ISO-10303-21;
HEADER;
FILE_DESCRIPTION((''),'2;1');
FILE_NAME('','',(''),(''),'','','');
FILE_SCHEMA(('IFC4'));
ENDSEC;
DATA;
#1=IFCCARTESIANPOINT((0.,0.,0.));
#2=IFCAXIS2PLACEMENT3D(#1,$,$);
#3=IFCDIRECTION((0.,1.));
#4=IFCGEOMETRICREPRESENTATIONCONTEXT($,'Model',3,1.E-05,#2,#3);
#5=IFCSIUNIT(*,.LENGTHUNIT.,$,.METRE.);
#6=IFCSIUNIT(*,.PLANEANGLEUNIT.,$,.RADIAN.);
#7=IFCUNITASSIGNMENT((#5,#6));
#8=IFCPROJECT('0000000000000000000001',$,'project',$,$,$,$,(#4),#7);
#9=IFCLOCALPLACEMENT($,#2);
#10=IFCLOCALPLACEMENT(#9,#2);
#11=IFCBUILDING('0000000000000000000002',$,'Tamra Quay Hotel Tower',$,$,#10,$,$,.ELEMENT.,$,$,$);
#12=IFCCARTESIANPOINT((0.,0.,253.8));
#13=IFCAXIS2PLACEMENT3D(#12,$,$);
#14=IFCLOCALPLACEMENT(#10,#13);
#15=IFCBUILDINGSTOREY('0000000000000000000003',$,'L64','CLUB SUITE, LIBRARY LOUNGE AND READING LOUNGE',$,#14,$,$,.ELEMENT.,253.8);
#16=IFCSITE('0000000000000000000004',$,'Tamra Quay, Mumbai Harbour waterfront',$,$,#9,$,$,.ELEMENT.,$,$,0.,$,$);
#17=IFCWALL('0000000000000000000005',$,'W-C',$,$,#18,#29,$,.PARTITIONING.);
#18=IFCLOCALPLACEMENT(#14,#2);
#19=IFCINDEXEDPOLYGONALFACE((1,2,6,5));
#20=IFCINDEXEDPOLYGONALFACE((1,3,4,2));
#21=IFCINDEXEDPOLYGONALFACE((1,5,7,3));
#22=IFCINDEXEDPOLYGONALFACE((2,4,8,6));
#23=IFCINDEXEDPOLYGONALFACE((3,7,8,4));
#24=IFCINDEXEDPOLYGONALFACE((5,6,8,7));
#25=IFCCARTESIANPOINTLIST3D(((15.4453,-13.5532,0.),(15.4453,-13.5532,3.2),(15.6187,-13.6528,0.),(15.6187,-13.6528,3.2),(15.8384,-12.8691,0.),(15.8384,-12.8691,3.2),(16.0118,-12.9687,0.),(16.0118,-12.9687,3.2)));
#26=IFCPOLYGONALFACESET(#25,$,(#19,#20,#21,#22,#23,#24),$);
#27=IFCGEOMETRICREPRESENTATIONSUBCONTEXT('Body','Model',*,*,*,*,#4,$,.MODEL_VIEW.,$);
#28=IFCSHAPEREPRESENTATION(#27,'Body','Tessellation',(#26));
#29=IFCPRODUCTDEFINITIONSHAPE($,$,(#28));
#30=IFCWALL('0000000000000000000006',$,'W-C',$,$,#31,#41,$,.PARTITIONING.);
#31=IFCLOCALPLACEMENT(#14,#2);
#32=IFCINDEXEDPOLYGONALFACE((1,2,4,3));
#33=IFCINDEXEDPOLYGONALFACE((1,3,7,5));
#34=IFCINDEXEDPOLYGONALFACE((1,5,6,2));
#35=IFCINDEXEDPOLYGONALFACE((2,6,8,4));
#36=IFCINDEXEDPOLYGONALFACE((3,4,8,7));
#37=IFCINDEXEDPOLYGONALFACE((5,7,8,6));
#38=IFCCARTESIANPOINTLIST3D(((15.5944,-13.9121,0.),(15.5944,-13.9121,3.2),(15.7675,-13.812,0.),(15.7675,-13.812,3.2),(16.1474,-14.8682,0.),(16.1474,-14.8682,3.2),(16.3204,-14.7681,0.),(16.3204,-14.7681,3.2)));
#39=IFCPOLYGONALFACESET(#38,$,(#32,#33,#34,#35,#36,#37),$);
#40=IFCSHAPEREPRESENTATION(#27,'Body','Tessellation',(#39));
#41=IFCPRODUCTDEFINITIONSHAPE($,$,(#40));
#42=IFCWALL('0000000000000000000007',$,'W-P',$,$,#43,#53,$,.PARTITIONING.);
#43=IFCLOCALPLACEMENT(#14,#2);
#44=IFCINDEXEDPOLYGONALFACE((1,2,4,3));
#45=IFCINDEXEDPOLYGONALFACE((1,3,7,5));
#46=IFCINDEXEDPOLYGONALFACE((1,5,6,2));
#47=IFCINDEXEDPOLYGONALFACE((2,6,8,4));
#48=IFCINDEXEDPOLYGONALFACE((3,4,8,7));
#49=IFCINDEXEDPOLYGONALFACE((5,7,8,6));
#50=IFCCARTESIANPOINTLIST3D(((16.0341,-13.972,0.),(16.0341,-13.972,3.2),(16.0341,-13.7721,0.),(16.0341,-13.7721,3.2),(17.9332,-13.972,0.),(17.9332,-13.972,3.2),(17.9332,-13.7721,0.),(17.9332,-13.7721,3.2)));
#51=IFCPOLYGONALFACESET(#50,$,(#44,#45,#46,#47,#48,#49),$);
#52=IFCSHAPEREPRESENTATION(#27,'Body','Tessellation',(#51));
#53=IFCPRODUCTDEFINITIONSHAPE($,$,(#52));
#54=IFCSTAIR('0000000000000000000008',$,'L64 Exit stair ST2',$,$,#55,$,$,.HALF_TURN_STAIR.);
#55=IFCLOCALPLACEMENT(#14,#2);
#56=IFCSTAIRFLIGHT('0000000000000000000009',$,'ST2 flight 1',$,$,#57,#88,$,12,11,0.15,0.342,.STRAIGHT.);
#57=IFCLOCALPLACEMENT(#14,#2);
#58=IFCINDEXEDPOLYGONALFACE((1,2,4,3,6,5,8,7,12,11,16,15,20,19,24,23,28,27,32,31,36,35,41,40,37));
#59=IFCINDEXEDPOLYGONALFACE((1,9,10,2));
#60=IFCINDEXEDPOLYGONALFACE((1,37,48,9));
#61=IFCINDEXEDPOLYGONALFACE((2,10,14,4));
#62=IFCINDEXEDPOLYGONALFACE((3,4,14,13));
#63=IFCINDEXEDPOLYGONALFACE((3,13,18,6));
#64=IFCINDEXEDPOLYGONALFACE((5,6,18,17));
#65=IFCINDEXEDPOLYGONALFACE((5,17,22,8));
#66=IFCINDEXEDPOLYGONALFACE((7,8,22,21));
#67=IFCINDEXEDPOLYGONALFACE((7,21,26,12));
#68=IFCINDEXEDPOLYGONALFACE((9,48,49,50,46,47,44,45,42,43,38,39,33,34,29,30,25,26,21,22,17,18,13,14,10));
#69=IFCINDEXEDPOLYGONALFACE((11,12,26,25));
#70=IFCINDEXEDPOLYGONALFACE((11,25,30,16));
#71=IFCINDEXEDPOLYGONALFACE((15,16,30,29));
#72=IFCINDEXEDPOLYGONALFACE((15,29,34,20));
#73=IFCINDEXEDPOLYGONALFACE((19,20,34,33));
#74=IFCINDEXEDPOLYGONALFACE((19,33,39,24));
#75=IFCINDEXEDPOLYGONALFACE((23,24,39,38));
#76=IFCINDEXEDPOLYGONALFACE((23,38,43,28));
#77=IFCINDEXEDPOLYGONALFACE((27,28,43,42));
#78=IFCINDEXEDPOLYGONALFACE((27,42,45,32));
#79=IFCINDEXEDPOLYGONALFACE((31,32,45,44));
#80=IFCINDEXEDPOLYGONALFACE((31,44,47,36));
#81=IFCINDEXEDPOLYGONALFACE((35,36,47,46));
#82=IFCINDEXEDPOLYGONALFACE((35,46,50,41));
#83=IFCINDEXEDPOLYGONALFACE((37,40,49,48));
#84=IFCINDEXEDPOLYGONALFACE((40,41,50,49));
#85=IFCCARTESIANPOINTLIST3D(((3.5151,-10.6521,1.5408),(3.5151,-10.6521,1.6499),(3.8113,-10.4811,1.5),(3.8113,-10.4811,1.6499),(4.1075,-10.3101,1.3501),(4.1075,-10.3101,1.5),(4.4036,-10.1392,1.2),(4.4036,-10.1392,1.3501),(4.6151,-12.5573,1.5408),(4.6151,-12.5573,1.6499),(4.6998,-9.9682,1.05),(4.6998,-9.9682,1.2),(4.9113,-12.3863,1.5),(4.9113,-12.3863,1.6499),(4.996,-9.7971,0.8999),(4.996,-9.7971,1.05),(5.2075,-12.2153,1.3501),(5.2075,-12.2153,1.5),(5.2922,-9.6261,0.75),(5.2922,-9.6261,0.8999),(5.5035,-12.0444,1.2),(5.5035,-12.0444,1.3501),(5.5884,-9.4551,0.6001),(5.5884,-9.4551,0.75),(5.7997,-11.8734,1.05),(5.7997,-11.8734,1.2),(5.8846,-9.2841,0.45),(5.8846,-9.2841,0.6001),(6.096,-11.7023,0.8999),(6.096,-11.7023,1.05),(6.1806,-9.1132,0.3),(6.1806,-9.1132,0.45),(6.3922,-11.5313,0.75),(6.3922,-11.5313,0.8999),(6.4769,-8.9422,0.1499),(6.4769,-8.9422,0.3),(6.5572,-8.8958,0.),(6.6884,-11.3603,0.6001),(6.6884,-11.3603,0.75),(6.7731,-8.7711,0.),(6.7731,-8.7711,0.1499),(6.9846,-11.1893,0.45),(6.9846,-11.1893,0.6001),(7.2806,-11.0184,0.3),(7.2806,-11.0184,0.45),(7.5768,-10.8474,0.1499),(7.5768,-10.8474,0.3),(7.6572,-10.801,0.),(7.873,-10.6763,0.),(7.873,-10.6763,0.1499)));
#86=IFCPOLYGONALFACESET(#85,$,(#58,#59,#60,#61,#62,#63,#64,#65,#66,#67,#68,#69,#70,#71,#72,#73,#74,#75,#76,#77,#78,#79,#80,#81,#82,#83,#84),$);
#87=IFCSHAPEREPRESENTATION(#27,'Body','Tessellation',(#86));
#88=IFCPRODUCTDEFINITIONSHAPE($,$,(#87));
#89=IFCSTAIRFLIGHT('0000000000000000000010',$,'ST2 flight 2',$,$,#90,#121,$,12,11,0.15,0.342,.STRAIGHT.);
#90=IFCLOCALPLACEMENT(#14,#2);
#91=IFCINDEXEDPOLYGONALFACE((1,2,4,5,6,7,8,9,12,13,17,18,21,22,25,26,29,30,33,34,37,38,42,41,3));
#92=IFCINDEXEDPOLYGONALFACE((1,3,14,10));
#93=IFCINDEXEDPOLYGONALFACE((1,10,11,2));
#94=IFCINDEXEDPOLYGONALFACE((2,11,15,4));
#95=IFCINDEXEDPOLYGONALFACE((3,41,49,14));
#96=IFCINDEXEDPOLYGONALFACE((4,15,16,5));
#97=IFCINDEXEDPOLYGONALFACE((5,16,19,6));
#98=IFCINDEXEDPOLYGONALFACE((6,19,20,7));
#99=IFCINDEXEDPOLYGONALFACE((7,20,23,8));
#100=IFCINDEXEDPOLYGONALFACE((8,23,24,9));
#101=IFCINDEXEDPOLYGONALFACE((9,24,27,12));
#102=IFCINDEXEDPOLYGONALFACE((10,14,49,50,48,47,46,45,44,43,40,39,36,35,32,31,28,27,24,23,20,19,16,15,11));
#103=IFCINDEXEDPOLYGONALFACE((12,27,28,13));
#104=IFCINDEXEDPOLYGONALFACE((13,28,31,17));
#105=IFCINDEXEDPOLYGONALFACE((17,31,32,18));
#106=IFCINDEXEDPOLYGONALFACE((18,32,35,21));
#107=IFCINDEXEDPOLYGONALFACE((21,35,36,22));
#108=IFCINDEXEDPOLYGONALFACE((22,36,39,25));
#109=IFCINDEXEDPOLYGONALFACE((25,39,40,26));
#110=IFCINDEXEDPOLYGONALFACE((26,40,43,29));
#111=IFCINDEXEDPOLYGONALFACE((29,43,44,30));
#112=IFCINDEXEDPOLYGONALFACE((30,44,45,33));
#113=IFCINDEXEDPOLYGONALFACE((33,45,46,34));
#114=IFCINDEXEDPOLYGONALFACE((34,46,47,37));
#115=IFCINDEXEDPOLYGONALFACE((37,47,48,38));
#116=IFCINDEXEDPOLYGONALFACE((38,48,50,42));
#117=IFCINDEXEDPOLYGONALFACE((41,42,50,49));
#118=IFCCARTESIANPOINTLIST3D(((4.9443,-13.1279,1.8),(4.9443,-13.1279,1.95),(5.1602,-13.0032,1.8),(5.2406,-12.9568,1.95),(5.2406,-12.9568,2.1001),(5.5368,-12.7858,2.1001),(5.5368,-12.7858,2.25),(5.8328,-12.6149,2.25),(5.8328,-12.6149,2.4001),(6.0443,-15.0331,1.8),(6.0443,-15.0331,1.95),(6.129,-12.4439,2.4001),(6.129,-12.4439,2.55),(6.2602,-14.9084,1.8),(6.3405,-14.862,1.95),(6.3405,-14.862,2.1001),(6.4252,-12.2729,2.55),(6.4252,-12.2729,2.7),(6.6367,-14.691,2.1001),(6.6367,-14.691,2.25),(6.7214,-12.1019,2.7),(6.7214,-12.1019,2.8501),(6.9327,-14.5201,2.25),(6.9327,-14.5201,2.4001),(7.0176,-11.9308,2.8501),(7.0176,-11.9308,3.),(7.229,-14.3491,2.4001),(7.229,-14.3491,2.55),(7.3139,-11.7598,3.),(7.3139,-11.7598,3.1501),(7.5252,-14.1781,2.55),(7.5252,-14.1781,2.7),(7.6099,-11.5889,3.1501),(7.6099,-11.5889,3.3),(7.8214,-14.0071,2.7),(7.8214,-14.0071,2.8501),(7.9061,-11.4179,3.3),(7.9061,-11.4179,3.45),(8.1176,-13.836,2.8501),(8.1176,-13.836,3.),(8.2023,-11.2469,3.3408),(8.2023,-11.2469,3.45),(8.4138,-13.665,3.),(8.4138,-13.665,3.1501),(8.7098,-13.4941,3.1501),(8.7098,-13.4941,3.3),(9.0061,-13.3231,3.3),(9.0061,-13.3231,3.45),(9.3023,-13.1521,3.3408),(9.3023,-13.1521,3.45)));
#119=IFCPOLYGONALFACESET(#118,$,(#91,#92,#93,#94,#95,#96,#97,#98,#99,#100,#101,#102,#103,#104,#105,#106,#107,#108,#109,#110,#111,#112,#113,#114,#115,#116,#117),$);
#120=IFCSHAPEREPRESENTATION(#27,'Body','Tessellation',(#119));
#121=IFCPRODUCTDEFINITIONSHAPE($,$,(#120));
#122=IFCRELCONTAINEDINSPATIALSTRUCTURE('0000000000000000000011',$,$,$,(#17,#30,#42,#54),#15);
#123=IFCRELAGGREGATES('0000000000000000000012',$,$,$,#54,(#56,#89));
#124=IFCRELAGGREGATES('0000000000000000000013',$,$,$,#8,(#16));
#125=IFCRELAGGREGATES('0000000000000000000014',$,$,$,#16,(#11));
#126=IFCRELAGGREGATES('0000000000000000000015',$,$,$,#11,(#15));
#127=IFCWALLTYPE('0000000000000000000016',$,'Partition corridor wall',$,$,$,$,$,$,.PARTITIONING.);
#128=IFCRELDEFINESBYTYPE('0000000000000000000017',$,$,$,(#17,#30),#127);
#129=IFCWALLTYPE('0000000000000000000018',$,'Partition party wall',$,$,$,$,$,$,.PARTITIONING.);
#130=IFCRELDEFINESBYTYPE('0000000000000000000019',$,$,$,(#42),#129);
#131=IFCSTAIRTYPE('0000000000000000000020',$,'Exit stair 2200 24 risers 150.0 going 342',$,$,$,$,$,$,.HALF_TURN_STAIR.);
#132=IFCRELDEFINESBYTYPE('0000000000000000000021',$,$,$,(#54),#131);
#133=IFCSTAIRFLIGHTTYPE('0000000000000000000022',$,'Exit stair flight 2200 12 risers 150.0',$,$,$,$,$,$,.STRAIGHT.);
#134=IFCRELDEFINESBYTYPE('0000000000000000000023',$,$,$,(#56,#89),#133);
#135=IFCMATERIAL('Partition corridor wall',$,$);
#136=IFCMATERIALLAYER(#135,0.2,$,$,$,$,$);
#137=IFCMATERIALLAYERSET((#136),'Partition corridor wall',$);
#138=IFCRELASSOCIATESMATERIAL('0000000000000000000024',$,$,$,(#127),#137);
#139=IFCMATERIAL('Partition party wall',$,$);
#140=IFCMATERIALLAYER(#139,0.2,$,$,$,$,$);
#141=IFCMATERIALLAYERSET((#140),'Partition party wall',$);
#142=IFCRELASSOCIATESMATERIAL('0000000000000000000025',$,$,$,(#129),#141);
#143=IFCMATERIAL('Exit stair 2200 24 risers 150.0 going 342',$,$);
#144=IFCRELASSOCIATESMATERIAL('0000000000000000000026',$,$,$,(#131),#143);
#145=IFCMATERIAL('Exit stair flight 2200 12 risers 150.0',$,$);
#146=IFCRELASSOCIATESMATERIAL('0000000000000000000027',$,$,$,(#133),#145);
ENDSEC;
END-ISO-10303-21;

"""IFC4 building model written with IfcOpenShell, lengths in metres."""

from ifc_helpers import new_model, si_unit, direction, frame, frame_2d, origin, place, context, subcontext, project, spatial, polyline, rectangle, outline, extrude, material, layer, layer_set, type_object, element, aggregate, save


model = new_model("IFC4")

# Units and contexts
model_context = context("Model", 3, precision=1e-05, world=origin(), true_north=direction((0.0, 1.0)))
body_context = subcontext(model_context, "Body", "Model", "MODEL_VIEW")
ifc_project = project(units=[si_unit("LENGTHUNIT", "METRE"), si_unit("PLANEANGLEUNIT", "RADIAN")], contexts=[model_context])

# Site, building, storey
site_placement = place(None, origin())
site = spatial("IfcSite", under=ifc_project, at=site_placement, Name="Tamra Quay, Mumbai Harbour waterfront", CompositionType="ELEMENT", RefElevation=0.0)
building_placement = place(site_placement, origin())
building = spatial("IfcBuilding", under=site, at=building_placement, Name="Tamra Quay Hotel Tower", CompositionType="ELEMENT")
storey_placement = place(building_placement, frame((0.0, 0.0, 253.8)))
storey = spatial("IfcBuildingStorey", under=building, at=storey_placement, Name="L64", Description="CLUB SUITE, LIBRARY LOUNGE AND READING LOUNGE", CompositionType="ELEMENT", Elevation=253.8)

# Walls
ifc_material_1 = material(Name="Partition corridor wall")
ifc_layer_1 = layer(ifc_material_1, 0.2)
ifc_layer_set_1 = layer_set([ifc_layer_1], Name="Partition corridor wall")
wall_type_1 = type_object("IfcWallType", Name="Partition corridor wall", PredefinedType="PARTITIONING", material=ifc_layer_set_1)
wall_1_placement = place(storey_placement, frame((15.532, -13.603, 0.0), z_axis=(0.0, 0.0, 1.0), x_axis=(0.498204, 0.86706, 0.0)))
element("IfcWall", 1, at=wall_1_placement, inside=storey, type_object=wall_type_1, Name="W-C", PredefinedType="PARTITIONING", context=body_context, shape_type="SweptSolid", body=[
    extrude(rectangle(XDim=0.7891, YDim=0.2, at=frame_2d((0.3945, 0.0))), origin(), (0.0, 0.0, 1.0), 3.2),
])
wall_2_placement = place(storey_placement, frame((15.6809, -13.8621, 0.0), z_axis=(0.0, 0.0, 1.0), x_axis=(0.500679, -0.865633, 0.0)))
element("IfcWall", 2, at=wall_2_placement, inside=storey, type_object=wall_type_1, Name="W-C", PredefinedType="PARTITIONING", context=body_context, shape_type="SweptSolid", body=[
    extrude(rectangle(XDim=1.1045, YDim=0.2, at=frame_2d((0.5522, 0.0))), origin(), (0.0, 0.0, 1.0), 3.2),
])
ifc_material_2 = material(Name="Partition party wall")
ifc_layer_2 = layer(ifc_material_2, 0.2)
ifc_layer_set_2 = layer_set([ifc_layer_2], Name="Partition party wall")
wall_type_2 = type_object("IfcWallType", Name="Partition party wall", PredefinedType="PARTITIONING", material=ifc_layer_set_2)
wall_3_placement = place(storey_placement, frame((17.9333, -13.8721, 0.0), z_axis=(0.0, 0.0, 1.0), x_axis=(-1.0, 0.0, 0.0)))
element("IfcWall", 3, at=wall_3_placement, inside=storey, type_object=wall_type_2, Name="W-P", PredefinedType="PARTITIONING", context=body_context, shape_type="SweptSolid", body=[
    extrude(rectangle(XDim=1.8992, YDim=0.2, at=frame_2d((0.9497, 0.0))), origin(), (0.0, 0.0, 1.0), 3.2),
])

# Stair, stair flights
ifc_material_3 = material(Name="Exit stair 2200 24 risers 150.0 going 342")
stair_type = type_object("IfcStairType", Name="Exit stair 2200 24 risers 150.0 going 342", PredefinedType="HALF_TURN_STAIR", material=ifc_material_3)
stair_placement = place(storey_placement, origin())
stair = element("IfcStair", 4, at=stair_placement, inside=storey, type_object=stair_type, Name="L64 Exit stair ST2", PredefinedType="HALF_TURN_STAIR")
ifc_material_4 = material(Name="Exit stair flight 2200 12 risers 150.0")
stair_flight_type = type_object("IfcStairFlightType", Name="Exit stair flight 2200 12 risers 150.0", PredefinedType="STRAIGHT", material=ifc_material_4)
stair_flight_1_placement = place(storey_placement, frame((7.323, -9.7236, 0.0), z_axis=(0.0, 0.0, 1.0), x_axis=(-0.866025, -0.5, 0.0)))
stair_flight_1 = element("IfcStairFlight", 5, at=stair_flight_1_placement, type_object=stair_flight_type, Name="ST2 flight 1", NumberOfRisers=12, NumberOfTreads=11, PredefinedType="STRAIGHT", RiserHeight=0.15, TreadLength=0.342, context=body_context, shape_type="SweptSolid", body=[
    extrude(outline(polyline([(0.0, 0.0), (0.0, 0.1499), (0.342, 0.1499), (0.342, 0.3), (0.6841, 0.3), (0.6841, 0.45), (1.0259, 0.45), (1.0259, 0.6001), (1.3679, 0.6001), (1.3679, 0.75), (1.71, 0.75), (1.71, 0.8999), (2.052, 0.8999), (2.052, 1.05), (2.394, 1.05), (2.394, 1.2), (2.7361, 1.2), (2.7361, 1.3501), (3.0779, 1.3501), (3.0779, 1.5), (3.4199, 1.5), (3.4199, 1.6499), (3.762, 1.6499), (3.762, 1.8), (3.762, 1.5408), (0.2493, 0.0), (0.0, 0.0)])), frame((0.0, 1.1001, 0.0), z_axis=(0.0, -1.0, 0.0), x_axis=(1.0, 0.0, 0.0)), (0.0, 0.0, 1.0), 2.2),
])
stair_flight_2_placement = place(storey_placement, frame((5.4944, -14.0806, 1.8), z_axis=(0.0, 0.0, 1.0), x_axis=(0.866025, 0.5, 0.0)))
stair_flight_2 = element("IfcStairFlight", 6, at=stair_flight_2_placement, type_object=stair_flight_type, Name="ST2 flight 2", NumberOfRisers=12, NumberOfTreads=11, PredefinedType="STRAIGHT", RiserHeight=0.15, TreadLength=0.342, context=body_context, shape_type="SweptSolid", body=[
    extrude(outline(polyline([(0.0, 0.0), (0.0, 0.1499), (0.342, 0.1499), (0.342, 0.3), (0.6841, 0.3), (0.6841, 0.45), (1.0259, 0.45), (1.0259, 0.6001), (1.3679, 0.6001), (1.3679, 0.75), (1.71, 0.75), (1.71, 0.8999), (2.052, 0.8999), (2.052, 1.05), (2.394, 1.05), (2.394, 1.2), (2.7361, 1.2), (2.7361, 1.3501), (3.0779, 1.3501), (3.0779, 1.5), (3.4199, 1.5), (3.4199, 1.6499), (3.762, 1.6499), (3.762, 1.8), (3.762, 1.5408), (0.2493, 0.0), (0.0, 0.0)])), frame((0.0, 1.1001, 0.0), z_axis=(0.0, -1.0, 0.0), x_axis=(1.0, 0.0, 0.0)), (0.0, 0.0, 1.0), 2.2),
])
aggregate(stair, [stair_flight_1, stair_flight_2])

save(model, "model.ifc")
